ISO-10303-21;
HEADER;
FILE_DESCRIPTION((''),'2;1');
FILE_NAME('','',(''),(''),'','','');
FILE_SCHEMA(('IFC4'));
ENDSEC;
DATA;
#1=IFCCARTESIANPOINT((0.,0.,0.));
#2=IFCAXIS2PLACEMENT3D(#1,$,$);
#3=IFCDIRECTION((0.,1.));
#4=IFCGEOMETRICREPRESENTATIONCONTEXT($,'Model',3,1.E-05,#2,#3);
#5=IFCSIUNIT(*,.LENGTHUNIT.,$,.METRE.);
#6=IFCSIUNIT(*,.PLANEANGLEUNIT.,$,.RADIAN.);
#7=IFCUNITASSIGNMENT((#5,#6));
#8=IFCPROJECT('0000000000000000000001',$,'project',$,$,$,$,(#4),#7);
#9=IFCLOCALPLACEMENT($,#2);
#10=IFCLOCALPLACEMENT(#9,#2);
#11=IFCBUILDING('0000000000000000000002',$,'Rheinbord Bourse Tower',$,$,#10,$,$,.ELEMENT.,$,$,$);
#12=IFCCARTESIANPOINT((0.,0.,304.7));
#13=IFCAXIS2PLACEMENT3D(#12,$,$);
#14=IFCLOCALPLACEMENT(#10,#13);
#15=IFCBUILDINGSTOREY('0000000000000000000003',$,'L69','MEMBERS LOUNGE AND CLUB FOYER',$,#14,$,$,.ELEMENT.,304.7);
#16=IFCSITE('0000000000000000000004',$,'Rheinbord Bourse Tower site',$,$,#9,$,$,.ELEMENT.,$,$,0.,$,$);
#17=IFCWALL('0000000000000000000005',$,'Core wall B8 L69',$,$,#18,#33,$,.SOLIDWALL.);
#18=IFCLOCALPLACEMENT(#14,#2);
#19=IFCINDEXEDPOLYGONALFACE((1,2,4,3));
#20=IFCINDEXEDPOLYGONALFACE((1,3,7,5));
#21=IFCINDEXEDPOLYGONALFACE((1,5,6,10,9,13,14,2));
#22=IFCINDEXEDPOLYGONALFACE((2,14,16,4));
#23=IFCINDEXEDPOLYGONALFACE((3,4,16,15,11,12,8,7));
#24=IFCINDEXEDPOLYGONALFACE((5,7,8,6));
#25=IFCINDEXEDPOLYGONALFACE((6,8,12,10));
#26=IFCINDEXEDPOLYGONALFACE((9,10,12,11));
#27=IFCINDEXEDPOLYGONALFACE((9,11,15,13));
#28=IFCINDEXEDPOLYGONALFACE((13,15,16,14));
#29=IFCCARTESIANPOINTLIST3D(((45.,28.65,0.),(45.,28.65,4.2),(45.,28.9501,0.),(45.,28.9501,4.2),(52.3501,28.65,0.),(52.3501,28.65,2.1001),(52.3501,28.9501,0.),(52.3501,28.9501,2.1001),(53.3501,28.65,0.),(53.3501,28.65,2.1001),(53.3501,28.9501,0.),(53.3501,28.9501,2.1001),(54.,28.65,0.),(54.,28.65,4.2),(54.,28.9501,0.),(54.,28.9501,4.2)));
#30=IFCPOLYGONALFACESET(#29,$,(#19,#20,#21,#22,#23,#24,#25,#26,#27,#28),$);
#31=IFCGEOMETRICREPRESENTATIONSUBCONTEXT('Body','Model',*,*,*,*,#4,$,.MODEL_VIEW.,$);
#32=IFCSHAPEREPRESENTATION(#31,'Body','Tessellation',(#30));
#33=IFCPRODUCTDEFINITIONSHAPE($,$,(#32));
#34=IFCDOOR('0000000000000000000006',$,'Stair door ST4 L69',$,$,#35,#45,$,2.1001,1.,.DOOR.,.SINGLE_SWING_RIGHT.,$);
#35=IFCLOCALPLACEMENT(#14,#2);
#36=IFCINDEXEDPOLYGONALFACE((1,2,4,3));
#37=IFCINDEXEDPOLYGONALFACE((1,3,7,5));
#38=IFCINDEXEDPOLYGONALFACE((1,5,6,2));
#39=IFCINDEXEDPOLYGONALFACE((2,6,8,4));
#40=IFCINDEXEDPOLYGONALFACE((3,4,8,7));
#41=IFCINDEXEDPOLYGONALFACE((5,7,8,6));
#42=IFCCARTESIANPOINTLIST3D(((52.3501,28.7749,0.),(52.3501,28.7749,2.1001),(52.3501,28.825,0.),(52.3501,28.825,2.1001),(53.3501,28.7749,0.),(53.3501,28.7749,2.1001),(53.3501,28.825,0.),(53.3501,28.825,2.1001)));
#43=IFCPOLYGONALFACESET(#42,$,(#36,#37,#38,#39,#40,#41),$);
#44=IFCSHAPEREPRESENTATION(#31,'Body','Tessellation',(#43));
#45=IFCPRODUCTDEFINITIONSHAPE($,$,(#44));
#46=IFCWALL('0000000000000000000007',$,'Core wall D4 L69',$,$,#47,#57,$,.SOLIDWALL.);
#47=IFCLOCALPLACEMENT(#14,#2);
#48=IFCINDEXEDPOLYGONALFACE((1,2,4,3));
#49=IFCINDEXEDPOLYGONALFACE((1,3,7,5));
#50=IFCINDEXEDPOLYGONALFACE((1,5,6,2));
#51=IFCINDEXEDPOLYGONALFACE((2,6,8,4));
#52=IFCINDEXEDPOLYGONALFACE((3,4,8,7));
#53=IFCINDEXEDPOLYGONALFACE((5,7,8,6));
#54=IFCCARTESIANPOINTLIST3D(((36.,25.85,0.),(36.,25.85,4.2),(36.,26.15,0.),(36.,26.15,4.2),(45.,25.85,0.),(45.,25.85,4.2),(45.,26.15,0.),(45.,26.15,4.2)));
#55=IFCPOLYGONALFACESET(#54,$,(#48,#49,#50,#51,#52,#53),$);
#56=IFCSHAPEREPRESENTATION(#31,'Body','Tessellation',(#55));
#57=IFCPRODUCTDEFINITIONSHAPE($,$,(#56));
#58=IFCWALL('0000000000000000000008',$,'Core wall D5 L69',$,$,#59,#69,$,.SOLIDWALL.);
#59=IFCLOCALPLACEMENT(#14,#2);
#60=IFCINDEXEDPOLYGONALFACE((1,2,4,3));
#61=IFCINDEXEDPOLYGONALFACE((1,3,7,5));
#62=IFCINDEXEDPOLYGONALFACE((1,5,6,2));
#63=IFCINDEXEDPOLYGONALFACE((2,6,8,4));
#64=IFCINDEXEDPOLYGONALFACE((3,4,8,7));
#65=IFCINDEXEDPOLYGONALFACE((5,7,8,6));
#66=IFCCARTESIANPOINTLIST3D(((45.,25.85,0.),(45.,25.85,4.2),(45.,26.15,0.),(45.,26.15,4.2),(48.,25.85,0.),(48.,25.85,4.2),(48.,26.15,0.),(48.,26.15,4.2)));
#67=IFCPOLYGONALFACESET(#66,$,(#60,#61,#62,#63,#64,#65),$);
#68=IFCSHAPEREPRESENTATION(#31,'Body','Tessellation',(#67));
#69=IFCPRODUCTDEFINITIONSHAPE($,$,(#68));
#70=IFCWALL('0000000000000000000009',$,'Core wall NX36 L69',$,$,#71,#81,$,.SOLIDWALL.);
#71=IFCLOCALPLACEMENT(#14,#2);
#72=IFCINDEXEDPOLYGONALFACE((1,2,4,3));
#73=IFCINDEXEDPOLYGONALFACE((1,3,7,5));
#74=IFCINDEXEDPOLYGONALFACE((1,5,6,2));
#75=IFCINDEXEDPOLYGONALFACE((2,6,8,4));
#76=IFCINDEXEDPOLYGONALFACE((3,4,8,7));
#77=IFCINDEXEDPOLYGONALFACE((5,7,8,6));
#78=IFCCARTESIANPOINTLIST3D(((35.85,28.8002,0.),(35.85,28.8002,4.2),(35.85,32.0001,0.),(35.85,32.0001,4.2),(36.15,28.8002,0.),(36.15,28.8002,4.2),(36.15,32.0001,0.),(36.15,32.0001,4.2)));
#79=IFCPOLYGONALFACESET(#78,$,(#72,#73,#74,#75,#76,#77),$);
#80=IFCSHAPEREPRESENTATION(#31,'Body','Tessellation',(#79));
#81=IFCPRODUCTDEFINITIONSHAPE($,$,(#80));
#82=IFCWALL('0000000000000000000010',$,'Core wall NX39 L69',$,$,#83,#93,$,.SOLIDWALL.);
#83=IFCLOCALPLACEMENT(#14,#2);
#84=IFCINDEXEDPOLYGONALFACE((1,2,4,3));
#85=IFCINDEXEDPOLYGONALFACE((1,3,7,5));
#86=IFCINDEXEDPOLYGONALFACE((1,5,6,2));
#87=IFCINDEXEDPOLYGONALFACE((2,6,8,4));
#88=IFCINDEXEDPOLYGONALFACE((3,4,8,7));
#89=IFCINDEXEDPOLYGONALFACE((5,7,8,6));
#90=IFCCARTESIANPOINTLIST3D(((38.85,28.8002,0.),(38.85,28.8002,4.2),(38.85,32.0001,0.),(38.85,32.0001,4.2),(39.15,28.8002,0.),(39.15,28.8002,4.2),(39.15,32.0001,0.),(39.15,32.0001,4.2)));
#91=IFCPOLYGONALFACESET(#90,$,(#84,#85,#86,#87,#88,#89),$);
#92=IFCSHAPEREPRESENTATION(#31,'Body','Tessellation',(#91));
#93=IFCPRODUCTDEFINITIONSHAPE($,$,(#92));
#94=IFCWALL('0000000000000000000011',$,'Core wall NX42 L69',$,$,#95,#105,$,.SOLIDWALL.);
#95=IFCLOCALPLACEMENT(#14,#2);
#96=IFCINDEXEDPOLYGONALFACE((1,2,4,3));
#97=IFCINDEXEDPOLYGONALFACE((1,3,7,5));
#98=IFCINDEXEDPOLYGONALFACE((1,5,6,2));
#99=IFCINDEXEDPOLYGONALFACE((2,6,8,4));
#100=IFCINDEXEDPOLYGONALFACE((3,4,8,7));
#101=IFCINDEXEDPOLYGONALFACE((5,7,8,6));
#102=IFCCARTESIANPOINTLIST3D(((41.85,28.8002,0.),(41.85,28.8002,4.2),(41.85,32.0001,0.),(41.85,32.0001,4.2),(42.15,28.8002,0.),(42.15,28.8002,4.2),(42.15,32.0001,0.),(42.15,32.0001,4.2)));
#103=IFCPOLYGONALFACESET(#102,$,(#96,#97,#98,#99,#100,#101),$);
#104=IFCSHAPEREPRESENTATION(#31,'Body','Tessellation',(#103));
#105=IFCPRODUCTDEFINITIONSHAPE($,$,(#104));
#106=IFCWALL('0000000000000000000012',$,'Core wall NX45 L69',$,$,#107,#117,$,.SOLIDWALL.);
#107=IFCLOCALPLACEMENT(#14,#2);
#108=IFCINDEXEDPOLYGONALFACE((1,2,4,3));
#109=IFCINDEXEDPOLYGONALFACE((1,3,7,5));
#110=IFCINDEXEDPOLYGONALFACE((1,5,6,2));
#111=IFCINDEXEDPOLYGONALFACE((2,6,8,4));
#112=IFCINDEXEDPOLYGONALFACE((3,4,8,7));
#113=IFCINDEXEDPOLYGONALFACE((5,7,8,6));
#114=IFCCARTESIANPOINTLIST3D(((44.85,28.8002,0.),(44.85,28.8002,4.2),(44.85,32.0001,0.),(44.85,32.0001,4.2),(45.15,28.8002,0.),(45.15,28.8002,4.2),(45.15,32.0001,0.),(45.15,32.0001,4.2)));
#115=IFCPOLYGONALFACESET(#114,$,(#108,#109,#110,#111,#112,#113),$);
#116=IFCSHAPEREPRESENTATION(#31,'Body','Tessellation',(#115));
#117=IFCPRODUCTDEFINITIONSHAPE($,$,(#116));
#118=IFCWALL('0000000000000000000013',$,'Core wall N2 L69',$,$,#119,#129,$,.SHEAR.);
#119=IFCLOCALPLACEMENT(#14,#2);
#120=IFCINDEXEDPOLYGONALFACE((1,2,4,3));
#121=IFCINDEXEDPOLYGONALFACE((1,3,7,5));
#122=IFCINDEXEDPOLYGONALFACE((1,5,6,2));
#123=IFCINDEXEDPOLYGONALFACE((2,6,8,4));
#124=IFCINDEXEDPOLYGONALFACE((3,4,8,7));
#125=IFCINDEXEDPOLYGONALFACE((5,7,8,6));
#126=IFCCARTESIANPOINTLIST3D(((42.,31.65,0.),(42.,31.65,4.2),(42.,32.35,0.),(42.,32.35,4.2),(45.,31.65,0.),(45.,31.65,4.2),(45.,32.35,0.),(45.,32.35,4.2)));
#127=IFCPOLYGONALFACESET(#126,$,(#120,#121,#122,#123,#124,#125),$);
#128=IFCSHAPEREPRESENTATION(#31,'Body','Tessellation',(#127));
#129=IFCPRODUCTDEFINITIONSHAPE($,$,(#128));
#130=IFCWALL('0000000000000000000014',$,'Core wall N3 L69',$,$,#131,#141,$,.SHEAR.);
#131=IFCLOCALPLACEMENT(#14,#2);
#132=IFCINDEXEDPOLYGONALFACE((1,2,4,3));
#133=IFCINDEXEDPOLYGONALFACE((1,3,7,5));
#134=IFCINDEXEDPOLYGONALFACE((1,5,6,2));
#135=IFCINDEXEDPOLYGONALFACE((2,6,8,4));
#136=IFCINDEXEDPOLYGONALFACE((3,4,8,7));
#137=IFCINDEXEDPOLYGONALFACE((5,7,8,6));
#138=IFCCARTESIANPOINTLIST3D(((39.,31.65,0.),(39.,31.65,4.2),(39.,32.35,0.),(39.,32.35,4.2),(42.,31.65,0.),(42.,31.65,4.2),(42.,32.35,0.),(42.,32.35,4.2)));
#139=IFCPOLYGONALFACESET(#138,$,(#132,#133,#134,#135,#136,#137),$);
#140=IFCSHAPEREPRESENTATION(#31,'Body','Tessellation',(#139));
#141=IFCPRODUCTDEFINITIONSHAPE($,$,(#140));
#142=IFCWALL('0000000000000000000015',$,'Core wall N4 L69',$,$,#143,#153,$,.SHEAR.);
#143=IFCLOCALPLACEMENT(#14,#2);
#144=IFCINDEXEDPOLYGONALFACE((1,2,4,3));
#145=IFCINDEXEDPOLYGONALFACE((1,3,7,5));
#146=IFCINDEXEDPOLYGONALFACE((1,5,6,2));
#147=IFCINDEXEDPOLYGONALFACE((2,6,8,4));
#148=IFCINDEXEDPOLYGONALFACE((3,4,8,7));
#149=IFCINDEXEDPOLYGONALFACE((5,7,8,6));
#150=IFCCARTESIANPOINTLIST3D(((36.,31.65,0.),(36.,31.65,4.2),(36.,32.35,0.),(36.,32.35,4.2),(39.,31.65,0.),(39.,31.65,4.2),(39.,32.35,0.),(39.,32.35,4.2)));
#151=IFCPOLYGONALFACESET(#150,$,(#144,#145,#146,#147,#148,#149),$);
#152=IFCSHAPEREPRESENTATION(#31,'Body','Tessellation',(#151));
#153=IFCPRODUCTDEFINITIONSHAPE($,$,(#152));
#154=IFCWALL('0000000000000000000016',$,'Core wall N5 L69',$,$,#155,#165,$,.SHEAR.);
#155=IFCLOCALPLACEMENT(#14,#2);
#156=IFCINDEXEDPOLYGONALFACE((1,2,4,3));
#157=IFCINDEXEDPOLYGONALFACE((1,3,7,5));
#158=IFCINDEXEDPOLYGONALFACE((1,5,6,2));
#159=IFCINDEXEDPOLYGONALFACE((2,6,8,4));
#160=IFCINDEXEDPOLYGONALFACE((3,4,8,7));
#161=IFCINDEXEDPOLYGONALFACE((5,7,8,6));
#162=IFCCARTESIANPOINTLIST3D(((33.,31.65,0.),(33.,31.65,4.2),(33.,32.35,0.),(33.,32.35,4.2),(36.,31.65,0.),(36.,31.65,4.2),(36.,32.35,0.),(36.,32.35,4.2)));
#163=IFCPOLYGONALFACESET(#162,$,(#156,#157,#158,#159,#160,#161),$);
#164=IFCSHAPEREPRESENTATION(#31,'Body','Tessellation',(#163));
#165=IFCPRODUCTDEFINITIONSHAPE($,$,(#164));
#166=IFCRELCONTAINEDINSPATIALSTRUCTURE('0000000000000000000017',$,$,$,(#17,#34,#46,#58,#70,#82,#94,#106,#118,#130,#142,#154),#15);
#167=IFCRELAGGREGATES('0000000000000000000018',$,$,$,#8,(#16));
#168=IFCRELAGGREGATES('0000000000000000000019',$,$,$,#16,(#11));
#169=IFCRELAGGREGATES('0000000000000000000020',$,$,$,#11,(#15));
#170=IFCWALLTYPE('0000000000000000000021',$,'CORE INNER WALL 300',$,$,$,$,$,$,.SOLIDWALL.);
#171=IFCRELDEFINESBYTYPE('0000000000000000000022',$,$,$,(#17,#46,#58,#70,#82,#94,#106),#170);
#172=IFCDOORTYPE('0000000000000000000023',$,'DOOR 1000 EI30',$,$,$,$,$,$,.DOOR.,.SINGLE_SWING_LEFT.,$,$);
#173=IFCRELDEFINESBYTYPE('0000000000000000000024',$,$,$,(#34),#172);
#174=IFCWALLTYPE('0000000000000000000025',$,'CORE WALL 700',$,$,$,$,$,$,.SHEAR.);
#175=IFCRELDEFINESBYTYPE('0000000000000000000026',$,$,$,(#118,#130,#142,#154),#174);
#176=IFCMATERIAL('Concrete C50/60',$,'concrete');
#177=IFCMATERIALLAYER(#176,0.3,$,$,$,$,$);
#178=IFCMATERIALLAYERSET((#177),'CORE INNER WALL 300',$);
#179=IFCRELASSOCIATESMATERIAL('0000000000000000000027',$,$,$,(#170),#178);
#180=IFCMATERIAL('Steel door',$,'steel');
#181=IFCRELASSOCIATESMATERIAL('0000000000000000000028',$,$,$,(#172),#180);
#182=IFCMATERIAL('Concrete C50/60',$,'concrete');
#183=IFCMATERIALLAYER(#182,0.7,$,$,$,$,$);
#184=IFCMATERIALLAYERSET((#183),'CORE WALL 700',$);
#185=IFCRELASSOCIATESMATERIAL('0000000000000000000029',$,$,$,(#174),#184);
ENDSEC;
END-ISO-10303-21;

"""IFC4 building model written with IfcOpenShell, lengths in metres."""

from ifc_helpers import new_model, si_unit, direction, frame, frame_2d, origin, place, context, subcontext, project, spatial, rectangle, extrude, material, layer, layer_set, type_object, element, fill, save


model = new_model("IFC4")

# Units and contexts
model_context = context("Model", 3, precision=1e-05, world=origin(), true_north=direction((0.0, 1.0)))
body_context = subcontext(model_context, "Body", "Model", "MODEL_VIEW")
ifc_project = project(units=[si_unit("LENGTHUNIT", "METRE"), si_unit("PLANEANGLEUNIT", "RADIAN")], contexts=[model_context])

# Site, building, storey
site_placement = place(None, origin())
site = spatial("IfcSite", under=ifc_project, at=site_placement, Name="Rheinbord Bourse Tower site", CompositionType="ELEMENT", RefElevation=0.0)
building_placement = place(site_placement, origin())
building = spatial("IfcBuilding", under=site, at=building_placement, Name="Rheinbord Bourse Tower", CompositionType="ELEMENT")
storey_placement = place(building_placement, frame((0.0, 0.0, 304.7)))
storey = spatial("IfcBuildingStorey", under=building, at=storey_placement, Name="L69", Description="MEMBERS LOUNGE AND CLUB FOYER", CompositionType="ELEMENT", Elevation=304.7)

# Wall, opening, door
ifc_material_1 = material(Name="Concrete C50/60", Category="concrete")
ifc_layer_1 = layer(ifc_material_1, 0.3)
ifc_layer_set_1 = layer_set([ifc_layer_1], Name="CORE INNER WALL 300")
wall_type_1 = type_object("IfcWallType", Name="CORE INNER WALL 300", PredefinedType="SOLIDWALL", material=ifc_layer_set_1)
ifc_material_2 = material(Name="Steel door", Category="steel")
door_type_1 = type_object("IfcDoorType", Name="DOOR 1000 EI30", OperationType="SINGLE_SWING_LEFT", PredefinedType="DOOR", material=ifc_material_2)
wall_1_placement = place(storey_placement, frame((45.0, 28.8, 0.0), z_axis=(0.0, 0.0, 1.0), x_axis=(1.0, 0.0, 0.0)))
wall_1 = element("IfcWall", 1, at=wall_1_placement, inside=storey, type_object=wall_type_1, Name="Core wall B8 L69", PredefinedType="SOLIDWALL", context=body_context, shape_type="SweptSolid", body=[
    extrude(rectangle(XDim=9.0, YDim=0.3, at=frame_2d((4.5, 0.0))), origin(), (0.0, 0.0, 1.0), 4.2),
])
opening_1_placement = place(wall_1_placement, frame((7.3501, 0.0, 0.0)))
opening_1 = element("IfcOpeningElement", 2, at=opening_1_placement, cuts=wall_1, PredefinedType="OPENING", context=body_context, shape_type="SweptSolid", body=[
    extrude(rectangle(XDim=1.0, YDim=2.1001, at=frame_2d((0.5, 1.05))), frame((0.0, 0.1599, 0.0), z_axis=(0.0, -1.0, 0.0), x_axis=(1.0, 0.0, 0.0)), (0.0, 0.0, 1.0), 0.3201),
])
door_1_placement = place(opening_1_placement, origin())
door_1 = element("IfcDoor", 3, at=door_1_placement, inside=storey, type_object=door_type_1, Name="Stair door ST4 L69", OperationType="SINGLE_SWING_RIGHT", OverallHeight=2.1001, OverallWidth=1.0, PredefinedType="DOOR", context=body_context, shape_type="SweptSolid", body=[
    extrude(rectangle(XDim=1.0, YDim=2.1001, at=frame_2d((0.5, 1.05))), frame((0.0, 0.0249, 0.0), z_axis=(0.0, -1.0, 0.0), x_axis=(1.0, 0.0, 0.0)), (0.0, 0.0, 1.0), 0.05),
])
fill(opening_1, door_1)

# Walls
wall_2_placement = place(storey_placement, frame((36.0, 26.0, 0.0), z_axis=(0.0, 0.0, 1.0), x_axis=(1.0, 0.0, 0.0)))
element("IfcWall", 4, at=wall_2_placement, inside=storey, type_object=wall_type_1, Name="Core wall D4 L69", PredefinedType="SOLIDWALL", context=body_context, shape_type="SweptSolid", body=[
    extrude(rectangle(XDim=9.0, YDim=0.3, at=frame_2d((4.5, 0.0))), origin(), (0.0, 0.0, 1.0), 4.2),
])
wall_3_placement = place(storey_placement, frame((45.0, 26.0, 0.0), z_axis=(0.0, 0.0, 1.0), x_axis=(1.0, 0.0, 0.0)))
element("IfcWall", 5, at=wall_3_placement, inside=storey, type_object=wall_type_1, Name="Core wall D5 L69", PredefinedType="SOLIDWALL", context=body_context, shape_type="SweptSolid", body=[
    extrude(rectangle(XDim=3.0, YDim=0.3, at=frame_2d((1.5, 0.0))), origin(), (0.0, 0.0, 1.0), 4.2),
])
for number, where, z_axis, x_axis, name in (
    (6, (36.0, 28.8, 0.0), (0.0, 0.0, 1.0), (0.0, 1.0, 0.0), "Core wall NX36 L69"),
    (7, (39.0, 28.8, 0.0), (0.0, 0.0, 1.0), (0.0, 1.0, 0.0), "Core wall NX39 L69"),
    (8, (42.0, 28.8, 0.0), (0.0, 0.0, 1.0), (0.0, 1.0, 0.0), "Core wall NX42 L69"),
    (9, (45.0, 28.8, 0.0), (0.0, 0.0, 1.0), (0.0, 1.0, 0.0), "Core wall NX45 L69"),
):
    element("IfcWall", number, at=place(storey_placement, frame(where, z_axis=z_axis, x_axis=x_axis)), inside=storey, type_object=wall_type_1, Name=name, PredefinedType="SOLIDWALL", context=body_context, shape_type="SweptSolid", body=[
        extrude(rectangle(XDim=3.2, YDim=0.3, at=frame_2d((1.6001, 0.0))), origin(), (0.0, 0.0, 1.0), 4.2),
    ])
ifc_material_3 = material(Name="Concrete C50/60", Category="concrete")
ifc_layer_2 = layer(ifc_material_3, 0.7)
ifc_layer_set_2 = layer_set([ifc_layer_2], Name="CORE WALL 700")
wall_type_2 = type_object("IfcWallType", Name="CORE WALL 700", PredefinedType="SHEAR", material=ifc_layer_set_2)
for number, where, z_axis, x_axis, name in (
    (10, (45.0, 32.0, 0.0), (0.0, 0.0, 1.0), (-1.0, 0.0, 0.0), "Core wall N2 L69"),
    (11, (42.0, 32.0, 0.0), (0.0, 0.0, 1.0), (-1.0, 0.0, 0.0), "Core wall N3 L69"),
    (12, (39.0, 32.0, 0.0), (0.0, 0.0, 1.0), (-1.0, 0.0, 0.0), "Core wall N4 L69"),
    (13, (36.0, 32.0, 0.0), (0.0, 0.0, 1.0), (-1.0, 0.0, 0.0), "Core wall N5 L69"),
):
    element("IfcWall", number, at=place(storey_placement, frame(where, z_axis=z_axis, x_axis=x_axis)), inside=storey, type_object=wall_type_2, Name=name, PredefinedType="SHEAR", context=body_context, shape_type="SweptSolid", body=[
        extrude(rectangle(XDim=3.0, YDim=0.7, at=frame_2d((1.5, 0.0))), origin(), (0.0, 0.0, 1.0), 4.2),
    ])

save(model, "model.ifc")
